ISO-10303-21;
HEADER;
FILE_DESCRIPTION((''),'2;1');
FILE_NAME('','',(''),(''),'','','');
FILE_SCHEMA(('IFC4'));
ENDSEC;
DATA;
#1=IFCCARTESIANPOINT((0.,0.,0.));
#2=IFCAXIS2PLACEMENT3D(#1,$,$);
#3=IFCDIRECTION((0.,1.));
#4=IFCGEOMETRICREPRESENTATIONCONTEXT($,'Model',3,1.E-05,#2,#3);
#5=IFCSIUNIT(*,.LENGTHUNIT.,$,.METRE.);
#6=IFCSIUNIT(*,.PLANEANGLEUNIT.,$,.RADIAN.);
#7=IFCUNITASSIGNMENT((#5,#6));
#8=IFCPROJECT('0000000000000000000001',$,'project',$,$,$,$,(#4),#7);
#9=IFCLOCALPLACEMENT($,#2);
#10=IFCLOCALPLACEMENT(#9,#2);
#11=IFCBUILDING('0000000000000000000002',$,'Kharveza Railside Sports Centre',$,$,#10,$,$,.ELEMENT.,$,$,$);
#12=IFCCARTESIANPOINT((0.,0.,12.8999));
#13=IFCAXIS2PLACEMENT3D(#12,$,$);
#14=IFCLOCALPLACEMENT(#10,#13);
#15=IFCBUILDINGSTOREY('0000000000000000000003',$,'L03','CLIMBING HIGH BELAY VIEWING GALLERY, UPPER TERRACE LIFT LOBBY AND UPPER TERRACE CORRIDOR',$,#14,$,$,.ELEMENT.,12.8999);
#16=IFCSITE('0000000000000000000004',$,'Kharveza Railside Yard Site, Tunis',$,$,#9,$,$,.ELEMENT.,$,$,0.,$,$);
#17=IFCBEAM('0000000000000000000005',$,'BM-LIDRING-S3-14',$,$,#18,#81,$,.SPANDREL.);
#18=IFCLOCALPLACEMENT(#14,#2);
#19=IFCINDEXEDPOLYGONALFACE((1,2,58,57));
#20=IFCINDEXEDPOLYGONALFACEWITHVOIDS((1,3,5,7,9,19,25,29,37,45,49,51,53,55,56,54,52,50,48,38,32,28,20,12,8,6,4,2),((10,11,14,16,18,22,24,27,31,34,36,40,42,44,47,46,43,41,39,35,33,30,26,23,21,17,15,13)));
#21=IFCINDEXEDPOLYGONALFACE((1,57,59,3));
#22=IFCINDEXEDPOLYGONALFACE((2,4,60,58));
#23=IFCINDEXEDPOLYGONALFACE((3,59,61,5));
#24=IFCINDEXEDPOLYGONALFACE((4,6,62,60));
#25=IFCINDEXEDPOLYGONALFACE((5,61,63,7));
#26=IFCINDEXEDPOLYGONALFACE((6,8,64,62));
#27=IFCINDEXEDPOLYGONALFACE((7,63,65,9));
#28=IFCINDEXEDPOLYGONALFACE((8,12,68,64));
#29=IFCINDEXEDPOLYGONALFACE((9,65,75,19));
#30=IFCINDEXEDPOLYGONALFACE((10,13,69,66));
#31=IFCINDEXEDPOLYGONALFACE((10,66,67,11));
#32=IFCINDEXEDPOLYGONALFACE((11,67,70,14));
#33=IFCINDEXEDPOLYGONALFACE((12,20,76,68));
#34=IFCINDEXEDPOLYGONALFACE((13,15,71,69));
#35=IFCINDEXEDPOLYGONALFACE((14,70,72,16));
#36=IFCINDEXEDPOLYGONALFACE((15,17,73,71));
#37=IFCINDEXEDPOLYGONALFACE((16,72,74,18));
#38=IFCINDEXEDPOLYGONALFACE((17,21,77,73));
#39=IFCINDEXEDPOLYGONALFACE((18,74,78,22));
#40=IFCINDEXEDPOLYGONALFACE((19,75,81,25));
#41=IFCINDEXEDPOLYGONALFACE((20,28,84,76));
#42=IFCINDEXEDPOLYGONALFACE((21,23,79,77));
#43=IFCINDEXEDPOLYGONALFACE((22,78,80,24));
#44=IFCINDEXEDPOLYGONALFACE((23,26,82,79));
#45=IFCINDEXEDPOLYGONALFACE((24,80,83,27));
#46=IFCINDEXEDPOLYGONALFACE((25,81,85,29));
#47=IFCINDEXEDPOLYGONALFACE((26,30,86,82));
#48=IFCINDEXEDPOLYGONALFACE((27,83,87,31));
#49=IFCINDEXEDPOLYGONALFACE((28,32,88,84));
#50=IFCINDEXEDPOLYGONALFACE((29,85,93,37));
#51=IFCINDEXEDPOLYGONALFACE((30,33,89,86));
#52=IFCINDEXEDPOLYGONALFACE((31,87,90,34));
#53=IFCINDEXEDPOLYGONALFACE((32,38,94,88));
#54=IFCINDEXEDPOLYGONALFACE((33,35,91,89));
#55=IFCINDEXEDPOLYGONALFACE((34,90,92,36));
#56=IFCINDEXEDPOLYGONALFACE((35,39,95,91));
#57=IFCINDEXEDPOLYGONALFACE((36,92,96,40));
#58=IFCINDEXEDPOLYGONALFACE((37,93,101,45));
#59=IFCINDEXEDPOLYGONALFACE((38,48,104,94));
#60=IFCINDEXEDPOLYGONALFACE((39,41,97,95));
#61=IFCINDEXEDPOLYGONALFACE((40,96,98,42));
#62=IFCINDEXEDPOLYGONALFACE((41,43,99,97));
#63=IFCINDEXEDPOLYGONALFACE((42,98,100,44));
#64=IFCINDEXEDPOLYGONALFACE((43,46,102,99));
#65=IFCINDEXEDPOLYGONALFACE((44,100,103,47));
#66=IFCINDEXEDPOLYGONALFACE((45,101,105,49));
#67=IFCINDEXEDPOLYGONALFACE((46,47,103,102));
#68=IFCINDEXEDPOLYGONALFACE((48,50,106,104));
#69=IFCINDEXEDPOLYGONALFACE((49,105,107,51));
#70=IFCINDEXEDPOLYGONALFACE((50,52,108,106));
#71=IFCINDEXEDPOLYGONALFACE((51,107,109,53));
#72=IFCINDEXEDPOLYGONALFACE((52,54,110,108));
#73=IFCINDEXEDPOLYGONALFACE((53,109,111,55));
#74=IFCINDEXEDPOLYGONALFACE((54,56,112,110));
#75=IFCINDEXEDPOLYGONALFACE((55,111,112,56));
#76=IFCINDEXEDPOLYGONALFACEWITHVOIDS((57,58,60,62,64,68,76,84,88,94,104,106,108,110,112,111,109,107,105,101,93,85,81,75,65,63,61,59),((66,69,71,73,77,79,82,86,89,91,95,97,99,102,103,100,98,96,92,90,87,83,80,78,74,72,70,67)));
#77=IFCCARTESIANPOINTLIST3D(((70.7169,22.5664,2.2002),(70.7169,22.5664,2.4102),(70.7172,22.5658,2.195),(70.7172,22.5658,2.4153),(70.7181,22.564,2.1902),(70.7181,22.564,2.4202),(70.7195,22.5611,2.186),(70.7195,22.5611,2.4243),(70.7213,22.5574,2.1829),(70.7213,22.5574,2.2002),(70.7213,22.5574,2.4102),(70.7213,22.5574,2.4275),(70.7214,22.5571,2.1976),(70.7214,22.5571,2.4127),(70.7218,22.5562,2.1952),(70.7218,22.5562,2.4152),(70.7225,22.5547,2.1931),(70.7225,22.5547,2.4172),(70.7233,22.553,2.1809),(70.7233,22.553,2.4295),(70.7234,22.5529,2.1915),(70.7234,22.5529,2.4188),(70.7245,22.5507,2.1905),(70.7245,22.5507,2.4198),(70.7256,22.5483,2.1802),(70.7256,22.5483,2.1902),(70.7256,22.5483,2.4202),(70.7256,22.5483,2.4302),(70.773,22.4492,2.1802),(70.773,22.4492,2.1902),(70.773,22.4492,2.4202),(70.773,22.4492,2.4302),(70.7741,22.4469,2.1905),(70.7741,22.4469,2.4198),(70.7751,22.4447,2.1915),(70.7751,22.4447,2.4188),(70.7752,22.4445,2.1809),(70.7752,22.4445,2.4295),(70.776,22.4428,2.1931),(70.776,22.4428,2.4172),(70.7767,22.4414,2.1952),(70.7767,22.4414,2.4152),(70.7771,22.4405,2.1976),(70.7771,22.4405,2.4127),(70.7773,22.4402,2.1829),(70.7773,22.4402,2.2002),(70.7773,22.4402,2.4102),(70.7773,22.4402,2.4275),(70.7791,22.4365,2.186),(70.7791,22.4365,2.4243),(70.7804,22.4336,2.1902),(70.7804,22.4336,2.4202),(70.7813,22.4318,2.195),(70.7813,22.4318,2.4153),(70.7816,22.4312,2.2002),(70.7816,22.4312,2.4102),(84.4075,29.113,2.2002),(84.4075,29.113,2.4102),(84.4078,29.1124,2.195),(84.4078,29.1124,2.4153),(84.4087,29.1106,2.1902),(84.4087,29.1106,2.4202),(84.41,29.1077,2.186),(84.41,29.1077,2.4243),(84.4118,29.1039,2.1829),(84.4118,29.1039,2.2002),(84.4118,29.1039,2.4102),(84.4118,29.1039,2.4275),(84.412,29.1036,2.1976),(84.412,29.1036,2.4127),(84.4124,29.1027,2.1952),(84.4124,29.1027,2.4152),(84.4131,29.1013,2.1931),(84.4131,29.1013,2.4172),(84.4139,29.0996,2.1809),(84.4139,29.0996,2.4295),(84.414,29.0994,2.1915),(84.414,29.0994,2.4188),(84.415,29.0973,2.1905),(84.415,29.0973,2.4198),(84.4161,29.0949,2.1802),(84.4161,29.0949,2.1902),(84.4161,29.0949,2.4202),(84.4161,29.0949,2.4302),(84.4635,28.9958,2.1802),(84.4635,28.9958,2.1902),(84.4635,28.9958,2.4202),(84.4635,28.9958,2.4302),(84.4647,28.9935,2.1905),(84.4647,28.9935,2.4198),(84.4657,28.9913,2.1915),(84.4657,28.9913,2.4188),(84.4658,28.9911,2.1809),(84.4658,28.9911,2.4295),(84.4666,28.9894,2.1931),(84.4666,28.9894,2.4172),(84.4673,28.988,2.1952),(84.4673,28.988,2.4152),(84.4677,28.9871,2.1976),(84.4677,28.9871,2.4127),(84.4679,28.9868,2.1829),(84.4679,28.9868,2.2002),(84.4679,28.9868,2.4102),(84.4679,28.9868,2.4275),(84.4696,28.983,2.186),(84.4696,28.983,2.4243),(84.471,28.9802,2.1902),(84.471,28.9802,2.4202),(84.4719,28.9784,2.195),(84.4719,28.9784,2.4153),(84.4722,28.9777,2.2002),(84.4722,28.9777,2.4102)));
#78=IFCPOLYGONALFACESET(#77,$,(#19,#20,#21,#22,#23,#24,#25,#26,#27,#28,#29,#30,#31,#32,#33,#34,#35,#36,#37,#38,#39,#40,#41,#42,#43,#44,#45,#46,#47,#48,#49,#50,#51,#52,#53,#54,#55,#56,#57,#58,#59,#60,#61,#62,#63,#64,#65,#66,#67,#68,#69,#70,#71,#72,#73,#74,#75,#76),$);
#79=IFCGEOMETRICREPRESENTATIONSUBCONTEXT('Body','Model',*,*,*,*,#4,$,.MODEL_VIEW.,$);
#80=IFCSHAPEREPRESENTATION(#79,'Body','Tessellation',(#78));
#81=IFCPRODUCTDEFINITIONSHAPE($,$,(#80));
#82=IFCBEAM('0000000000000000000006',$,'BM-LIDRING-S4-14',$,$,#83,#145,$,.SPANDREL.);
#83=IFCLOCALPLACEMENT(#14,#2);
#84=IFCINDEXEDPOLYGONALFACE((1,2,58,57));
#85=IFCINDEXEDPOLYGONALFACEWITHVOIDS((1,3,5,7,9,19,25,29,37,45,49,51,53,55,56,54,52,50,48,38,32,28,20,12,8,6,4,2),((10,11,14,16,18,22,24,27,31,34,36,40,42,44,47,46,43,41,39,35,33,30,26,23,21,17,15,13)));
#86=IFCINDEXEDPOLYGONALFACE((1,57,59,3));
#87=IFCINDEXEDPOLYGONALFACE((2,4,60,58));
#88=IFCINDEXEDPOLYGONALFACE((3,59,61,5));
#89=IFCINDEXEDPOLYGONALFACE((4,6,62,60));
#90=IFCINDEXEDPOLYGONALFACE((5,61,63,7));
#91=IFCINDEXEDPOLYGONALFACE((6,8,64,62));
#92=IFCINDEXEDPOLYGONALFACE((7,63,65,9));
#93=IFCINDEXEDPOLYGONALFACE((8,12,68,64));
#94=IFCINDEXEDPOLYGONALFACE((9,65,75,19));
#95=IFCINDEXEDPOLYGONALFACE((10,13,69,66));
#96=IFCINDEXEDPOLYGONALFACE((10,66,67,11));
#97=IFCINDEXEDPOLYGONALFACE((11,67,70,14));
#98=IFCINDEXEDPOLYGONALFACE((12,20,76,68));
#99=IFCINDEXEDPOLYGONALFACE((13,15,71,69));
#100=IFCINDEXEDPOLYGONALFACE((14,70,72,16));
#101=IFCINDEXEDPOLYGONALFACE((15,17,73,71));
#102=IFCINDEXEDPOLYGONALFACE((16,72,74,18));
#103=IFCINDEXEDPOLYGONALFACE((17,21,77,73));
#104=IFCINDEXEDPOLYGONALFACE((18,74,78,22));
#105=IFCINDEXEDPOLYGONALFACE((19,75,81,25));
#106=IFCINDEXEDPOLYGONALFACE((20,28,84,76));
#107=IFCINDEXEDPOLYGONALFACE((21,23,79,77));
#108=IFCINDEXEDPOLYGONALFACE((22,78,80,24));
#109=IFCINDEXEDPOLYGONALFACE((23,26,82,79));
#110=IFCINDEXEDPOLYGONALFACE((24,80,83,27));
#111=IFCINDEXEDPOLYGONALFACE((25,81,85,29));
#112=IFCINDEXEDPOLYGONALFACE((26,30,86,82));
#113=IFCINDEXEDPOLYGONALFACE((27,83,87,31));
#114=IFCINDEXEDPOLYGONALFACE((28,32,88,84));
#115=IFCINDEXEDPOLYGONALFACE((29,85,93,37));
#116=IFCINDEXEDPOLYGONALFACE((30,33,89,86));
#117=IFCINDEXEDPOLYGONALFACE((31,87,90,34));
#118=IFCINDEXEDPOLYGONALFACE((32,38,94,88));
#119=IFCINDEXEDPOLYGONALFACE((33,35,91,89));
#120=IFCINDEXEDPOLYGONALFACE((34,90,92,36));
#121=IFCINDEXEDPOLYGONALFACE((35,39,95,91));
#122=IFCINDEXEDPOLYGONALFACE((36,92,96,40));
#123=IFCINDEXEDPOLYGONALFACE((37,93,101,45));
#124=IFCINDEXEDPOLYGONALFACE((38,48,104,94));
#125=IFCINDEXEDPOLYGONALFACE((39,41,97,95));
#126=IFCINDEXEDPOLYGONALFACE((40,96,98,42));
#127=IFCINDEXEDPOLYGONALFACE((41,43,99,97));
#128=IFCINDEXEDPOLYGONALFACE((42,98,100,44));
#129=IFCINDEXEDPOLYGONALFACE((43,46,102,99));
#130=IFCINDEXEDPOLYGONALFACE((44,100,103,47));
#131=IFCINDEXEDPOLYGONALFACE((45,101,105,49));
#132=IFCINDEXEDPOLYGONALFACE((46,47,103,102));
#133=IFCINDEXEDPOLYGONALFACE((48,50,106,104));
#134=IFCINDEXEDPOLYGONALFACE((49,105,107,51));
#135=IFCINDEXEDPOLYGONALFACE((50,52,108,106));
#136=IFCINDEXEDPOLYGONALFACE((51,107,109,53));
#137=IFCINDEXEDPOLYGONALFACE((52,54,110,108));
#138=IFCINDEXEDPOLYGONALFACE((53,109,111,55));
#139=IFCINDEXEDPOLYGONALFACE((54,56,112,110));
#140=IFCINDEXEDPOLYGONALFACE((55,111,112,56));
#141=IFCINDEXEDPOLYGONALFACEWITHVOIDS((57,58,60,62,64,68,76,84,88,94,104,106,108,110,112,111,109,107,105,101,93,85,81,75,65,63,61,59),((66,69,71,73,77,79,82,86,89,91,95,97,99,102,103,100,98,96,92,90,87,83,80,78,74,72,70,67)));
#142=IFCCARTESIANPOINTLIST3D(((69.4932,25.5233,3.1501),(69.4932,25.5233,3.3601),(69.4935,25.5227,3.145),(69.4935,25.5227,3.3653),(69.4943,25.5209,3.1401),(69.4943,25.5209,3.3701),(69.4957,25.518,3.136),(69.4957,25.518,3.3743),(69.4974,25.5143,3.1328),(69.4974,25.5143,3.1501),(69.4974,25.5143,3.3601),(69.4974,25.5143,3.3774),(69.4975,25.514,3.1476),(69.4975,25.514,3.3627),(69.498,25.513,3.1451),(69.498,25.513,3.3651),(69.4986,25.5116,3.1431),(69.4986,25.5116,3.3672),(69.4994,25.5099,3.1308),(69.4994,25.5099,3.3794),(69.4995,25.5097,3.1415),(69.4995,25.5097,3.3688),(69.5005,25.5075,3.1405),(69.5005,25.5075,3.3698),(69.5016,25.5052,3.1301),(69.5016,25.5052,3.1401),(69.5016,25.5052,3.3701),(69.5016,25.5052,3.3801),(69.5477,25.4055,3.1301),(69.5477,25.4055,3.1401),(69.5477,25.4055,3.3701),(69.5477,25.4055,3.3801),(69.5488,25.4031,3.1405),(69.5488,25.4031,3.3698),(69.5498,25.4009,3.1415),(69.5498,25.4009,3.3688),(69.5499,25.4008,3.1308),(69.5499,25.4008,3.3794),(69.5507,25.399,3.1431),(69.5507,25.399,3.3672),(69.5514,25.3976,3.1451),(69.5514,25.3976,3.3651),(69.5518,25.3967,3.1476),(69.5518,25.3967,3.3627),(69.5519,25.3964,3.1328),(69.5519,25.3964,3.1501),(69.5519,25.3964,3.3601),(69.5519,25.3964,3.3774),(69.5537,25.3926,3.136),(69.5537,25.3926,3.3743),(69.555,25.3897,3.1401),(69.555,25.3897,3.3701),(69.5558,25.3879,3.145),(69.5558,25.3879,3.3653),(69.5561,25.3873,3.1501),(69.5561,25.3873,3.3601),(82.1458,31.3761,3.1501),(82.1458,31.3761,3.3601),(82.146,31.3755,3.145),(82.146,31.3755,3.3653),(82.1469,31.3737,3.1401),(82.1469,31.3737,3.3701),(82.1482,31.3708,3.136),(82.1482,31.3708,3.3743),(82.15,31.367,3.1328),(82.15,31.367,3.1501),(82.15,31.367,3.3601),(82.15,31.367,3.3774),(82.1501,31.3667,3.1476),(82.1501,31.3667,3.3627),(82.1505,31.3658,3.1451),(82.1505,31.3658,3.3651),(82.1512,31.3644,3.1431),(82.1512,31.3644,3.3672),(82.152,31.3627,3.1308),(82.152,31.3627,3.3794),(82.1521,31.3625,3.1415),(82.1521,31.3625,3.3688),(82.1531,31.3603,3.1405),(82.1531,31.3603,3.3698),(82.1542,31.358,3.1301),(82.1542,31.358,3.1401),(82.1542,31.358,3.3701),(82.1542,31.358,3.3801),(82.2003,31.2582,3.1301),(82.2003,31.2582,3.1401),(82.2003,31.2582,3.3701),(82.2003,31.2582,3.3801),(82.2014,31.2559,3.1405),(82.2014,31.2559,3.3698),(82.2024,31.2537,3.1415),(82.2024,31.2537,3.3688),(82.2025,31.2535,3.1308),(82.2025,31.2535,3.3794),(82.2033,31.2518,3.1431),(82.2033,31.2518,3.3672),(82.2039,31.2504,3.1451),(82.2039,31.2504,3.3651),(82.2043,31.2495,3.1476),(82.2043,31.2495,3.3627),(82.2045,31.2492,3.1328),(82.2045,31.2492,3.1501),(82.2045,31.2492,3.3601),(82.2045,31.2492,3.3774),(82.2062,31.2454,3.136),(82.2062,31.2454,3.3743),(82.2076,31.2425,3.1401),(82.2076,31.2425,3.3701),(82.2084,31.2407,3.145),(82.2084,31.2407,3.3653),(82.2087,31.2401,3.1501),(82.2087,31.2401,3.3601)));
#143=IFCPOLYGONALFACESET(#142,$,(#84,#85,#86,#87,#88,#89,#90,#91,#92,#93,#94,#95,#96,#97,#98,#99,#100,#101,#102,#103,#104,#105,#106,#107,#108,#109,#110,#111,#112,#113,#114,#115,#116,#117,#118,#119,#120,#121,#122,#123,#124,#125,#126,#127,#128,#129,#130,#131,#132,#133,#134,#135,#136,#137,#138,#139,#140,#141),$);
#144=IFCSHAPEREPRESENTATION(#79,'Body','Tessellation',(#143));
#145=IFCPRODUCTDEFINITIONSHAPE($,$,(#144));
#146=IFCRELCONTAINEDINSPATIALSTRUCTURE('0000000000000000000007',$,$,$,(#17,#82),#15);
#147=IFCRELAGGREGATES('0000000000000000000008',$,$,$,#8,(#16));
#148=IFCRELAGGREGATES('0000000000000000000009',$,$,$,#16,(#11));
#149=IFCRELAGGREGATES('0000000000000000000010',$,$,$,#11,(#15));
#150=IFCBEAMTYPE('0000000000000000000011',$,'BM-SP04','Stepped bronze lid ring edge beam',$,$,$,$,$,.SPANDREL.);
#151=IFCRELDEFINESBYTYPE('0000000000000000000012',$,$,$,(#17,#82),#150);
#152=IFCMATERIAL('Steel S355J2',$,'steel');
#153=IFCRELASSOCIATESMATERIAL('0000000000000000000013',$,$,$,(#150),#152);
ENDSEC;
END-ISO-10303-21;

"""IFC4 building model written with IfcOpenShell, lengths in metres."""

from ifc_helpers import new_model, si_unit, direction, frame, origin, origin_2d, place, context, subcontext, project, spatial, hollow_rectangle, extrude, material, material_profile, profile_set, type_object, element, save


model = new_model("IFC4")

# Units and contexts
model_context = context("Model", 3, precision=1e-05, world=origin(), true_north=direction((0.0, 1.0)))
body_context = subcontext(model_context, "Body", "Model", "MODEL_VIEW")
ifc_project = project(units=[si_unit("LENGTHUNIT", "METRE"), si_unit("PLANEANGLEUNIT", "RADIAN")], contexts=[model_context])

# Site, building, storey
site_placement = place(None, origin())
site = spatial("IfcSite", under=ifc_project, at=site_placement, Name="Kharveza Railside Yard Site, Tunis", CompositionType="ELEMENT", RefElevation=0.0)
building_placement = place(site_placement, origin())
building = spatial("IfcBuilding", under=site, at=building_placement, Name="Kharveza Railside Sports Centre", CompositionType="ELEMENT")
storey_placement = place(building_placement, frame((0.0, 0.0, 12.8999)))
storey = spatial("IfcBuildingStorey", under=building, at=storey_placement, Name="L03", Description="CLIMBING HIGH BELAY VIEWING GALLERY, UPPER TERRACE LIFT LOBBY AND UPPER TERRACE CORRIDOR", CompositionType="ELEMENT", Elevation=12.8999)

# Beams
ifc_material_1 = material(Name="Steel S355J2", Category="steel")
ifc_material_profile_1 = material_profile(ifc_material_1, hollow_rectangle(XDim=0.1499, YDim=0.25, WallThickness=0.01, InnerFilletRadius=0.01, OuterFilletRadius=0.02, at=origin_2d()), Name="RHS 150x250x10.0")
ifc_profile_set_1 = profile_set([ifc_material_profile_1], Name="Steel S355J2")
beam_type = type_object("IfcBeamType", Name="BM-SP04", Description="Stepped bronze lid ring edge beam", PredefinedType="SPANDREL", material=ifc_profile_set_1)
beam_1_placement = place(storey_placement, frame((70.7493, 22.4988, 2.3052), z_axis=(0.902162, 0.431397, 0.0), x_axis=(-0.431397, 0.902162, 0.0)))
element("IfcBeam", 1, at=beam_1_placement, inside=storey, type_object=beam_type, Name="BM-LIDRING-S3-14", PredefinedType="SPANDREL", context=body_context, shape_type="SweptSolid", body=[
    extrude(hollow_rectangle(XDim=0.1499, YDim=0.25, WallThickness=0.01, InnerFilletRadius=0.01, OuterFilletRadius=0.02, at=origin_2d()), origin(), (0.0, 0.0, 1.0), 15.1753),
])
beam_2_placement = place(storey_placement, frame((69.5247, 25.4553, 3.2551), z_axis=(0.907601, 0.419834, 0.0), x_axis=(-0.419834, 0.907601, 0.0)))
element("IfcBeam", 2, at=beam_2_placement, inside=storey, type_object=beam_type, Name="BM-LIDRING-S4-14", PredefinedType="SPANDREL", context=body_context, shape_type="SweptSolid", body=[
    extrude(hollow_rectangle(XDim=0.1499, YDim=0.25, WallThickness=0.01, InnerFilletRadius=0.01, OuterFilletRadius=0.02, at=origin_2d()), origin(), (0.0, 0.0, 1.0), 13.9407),
])

save(model, "model.ifc")
